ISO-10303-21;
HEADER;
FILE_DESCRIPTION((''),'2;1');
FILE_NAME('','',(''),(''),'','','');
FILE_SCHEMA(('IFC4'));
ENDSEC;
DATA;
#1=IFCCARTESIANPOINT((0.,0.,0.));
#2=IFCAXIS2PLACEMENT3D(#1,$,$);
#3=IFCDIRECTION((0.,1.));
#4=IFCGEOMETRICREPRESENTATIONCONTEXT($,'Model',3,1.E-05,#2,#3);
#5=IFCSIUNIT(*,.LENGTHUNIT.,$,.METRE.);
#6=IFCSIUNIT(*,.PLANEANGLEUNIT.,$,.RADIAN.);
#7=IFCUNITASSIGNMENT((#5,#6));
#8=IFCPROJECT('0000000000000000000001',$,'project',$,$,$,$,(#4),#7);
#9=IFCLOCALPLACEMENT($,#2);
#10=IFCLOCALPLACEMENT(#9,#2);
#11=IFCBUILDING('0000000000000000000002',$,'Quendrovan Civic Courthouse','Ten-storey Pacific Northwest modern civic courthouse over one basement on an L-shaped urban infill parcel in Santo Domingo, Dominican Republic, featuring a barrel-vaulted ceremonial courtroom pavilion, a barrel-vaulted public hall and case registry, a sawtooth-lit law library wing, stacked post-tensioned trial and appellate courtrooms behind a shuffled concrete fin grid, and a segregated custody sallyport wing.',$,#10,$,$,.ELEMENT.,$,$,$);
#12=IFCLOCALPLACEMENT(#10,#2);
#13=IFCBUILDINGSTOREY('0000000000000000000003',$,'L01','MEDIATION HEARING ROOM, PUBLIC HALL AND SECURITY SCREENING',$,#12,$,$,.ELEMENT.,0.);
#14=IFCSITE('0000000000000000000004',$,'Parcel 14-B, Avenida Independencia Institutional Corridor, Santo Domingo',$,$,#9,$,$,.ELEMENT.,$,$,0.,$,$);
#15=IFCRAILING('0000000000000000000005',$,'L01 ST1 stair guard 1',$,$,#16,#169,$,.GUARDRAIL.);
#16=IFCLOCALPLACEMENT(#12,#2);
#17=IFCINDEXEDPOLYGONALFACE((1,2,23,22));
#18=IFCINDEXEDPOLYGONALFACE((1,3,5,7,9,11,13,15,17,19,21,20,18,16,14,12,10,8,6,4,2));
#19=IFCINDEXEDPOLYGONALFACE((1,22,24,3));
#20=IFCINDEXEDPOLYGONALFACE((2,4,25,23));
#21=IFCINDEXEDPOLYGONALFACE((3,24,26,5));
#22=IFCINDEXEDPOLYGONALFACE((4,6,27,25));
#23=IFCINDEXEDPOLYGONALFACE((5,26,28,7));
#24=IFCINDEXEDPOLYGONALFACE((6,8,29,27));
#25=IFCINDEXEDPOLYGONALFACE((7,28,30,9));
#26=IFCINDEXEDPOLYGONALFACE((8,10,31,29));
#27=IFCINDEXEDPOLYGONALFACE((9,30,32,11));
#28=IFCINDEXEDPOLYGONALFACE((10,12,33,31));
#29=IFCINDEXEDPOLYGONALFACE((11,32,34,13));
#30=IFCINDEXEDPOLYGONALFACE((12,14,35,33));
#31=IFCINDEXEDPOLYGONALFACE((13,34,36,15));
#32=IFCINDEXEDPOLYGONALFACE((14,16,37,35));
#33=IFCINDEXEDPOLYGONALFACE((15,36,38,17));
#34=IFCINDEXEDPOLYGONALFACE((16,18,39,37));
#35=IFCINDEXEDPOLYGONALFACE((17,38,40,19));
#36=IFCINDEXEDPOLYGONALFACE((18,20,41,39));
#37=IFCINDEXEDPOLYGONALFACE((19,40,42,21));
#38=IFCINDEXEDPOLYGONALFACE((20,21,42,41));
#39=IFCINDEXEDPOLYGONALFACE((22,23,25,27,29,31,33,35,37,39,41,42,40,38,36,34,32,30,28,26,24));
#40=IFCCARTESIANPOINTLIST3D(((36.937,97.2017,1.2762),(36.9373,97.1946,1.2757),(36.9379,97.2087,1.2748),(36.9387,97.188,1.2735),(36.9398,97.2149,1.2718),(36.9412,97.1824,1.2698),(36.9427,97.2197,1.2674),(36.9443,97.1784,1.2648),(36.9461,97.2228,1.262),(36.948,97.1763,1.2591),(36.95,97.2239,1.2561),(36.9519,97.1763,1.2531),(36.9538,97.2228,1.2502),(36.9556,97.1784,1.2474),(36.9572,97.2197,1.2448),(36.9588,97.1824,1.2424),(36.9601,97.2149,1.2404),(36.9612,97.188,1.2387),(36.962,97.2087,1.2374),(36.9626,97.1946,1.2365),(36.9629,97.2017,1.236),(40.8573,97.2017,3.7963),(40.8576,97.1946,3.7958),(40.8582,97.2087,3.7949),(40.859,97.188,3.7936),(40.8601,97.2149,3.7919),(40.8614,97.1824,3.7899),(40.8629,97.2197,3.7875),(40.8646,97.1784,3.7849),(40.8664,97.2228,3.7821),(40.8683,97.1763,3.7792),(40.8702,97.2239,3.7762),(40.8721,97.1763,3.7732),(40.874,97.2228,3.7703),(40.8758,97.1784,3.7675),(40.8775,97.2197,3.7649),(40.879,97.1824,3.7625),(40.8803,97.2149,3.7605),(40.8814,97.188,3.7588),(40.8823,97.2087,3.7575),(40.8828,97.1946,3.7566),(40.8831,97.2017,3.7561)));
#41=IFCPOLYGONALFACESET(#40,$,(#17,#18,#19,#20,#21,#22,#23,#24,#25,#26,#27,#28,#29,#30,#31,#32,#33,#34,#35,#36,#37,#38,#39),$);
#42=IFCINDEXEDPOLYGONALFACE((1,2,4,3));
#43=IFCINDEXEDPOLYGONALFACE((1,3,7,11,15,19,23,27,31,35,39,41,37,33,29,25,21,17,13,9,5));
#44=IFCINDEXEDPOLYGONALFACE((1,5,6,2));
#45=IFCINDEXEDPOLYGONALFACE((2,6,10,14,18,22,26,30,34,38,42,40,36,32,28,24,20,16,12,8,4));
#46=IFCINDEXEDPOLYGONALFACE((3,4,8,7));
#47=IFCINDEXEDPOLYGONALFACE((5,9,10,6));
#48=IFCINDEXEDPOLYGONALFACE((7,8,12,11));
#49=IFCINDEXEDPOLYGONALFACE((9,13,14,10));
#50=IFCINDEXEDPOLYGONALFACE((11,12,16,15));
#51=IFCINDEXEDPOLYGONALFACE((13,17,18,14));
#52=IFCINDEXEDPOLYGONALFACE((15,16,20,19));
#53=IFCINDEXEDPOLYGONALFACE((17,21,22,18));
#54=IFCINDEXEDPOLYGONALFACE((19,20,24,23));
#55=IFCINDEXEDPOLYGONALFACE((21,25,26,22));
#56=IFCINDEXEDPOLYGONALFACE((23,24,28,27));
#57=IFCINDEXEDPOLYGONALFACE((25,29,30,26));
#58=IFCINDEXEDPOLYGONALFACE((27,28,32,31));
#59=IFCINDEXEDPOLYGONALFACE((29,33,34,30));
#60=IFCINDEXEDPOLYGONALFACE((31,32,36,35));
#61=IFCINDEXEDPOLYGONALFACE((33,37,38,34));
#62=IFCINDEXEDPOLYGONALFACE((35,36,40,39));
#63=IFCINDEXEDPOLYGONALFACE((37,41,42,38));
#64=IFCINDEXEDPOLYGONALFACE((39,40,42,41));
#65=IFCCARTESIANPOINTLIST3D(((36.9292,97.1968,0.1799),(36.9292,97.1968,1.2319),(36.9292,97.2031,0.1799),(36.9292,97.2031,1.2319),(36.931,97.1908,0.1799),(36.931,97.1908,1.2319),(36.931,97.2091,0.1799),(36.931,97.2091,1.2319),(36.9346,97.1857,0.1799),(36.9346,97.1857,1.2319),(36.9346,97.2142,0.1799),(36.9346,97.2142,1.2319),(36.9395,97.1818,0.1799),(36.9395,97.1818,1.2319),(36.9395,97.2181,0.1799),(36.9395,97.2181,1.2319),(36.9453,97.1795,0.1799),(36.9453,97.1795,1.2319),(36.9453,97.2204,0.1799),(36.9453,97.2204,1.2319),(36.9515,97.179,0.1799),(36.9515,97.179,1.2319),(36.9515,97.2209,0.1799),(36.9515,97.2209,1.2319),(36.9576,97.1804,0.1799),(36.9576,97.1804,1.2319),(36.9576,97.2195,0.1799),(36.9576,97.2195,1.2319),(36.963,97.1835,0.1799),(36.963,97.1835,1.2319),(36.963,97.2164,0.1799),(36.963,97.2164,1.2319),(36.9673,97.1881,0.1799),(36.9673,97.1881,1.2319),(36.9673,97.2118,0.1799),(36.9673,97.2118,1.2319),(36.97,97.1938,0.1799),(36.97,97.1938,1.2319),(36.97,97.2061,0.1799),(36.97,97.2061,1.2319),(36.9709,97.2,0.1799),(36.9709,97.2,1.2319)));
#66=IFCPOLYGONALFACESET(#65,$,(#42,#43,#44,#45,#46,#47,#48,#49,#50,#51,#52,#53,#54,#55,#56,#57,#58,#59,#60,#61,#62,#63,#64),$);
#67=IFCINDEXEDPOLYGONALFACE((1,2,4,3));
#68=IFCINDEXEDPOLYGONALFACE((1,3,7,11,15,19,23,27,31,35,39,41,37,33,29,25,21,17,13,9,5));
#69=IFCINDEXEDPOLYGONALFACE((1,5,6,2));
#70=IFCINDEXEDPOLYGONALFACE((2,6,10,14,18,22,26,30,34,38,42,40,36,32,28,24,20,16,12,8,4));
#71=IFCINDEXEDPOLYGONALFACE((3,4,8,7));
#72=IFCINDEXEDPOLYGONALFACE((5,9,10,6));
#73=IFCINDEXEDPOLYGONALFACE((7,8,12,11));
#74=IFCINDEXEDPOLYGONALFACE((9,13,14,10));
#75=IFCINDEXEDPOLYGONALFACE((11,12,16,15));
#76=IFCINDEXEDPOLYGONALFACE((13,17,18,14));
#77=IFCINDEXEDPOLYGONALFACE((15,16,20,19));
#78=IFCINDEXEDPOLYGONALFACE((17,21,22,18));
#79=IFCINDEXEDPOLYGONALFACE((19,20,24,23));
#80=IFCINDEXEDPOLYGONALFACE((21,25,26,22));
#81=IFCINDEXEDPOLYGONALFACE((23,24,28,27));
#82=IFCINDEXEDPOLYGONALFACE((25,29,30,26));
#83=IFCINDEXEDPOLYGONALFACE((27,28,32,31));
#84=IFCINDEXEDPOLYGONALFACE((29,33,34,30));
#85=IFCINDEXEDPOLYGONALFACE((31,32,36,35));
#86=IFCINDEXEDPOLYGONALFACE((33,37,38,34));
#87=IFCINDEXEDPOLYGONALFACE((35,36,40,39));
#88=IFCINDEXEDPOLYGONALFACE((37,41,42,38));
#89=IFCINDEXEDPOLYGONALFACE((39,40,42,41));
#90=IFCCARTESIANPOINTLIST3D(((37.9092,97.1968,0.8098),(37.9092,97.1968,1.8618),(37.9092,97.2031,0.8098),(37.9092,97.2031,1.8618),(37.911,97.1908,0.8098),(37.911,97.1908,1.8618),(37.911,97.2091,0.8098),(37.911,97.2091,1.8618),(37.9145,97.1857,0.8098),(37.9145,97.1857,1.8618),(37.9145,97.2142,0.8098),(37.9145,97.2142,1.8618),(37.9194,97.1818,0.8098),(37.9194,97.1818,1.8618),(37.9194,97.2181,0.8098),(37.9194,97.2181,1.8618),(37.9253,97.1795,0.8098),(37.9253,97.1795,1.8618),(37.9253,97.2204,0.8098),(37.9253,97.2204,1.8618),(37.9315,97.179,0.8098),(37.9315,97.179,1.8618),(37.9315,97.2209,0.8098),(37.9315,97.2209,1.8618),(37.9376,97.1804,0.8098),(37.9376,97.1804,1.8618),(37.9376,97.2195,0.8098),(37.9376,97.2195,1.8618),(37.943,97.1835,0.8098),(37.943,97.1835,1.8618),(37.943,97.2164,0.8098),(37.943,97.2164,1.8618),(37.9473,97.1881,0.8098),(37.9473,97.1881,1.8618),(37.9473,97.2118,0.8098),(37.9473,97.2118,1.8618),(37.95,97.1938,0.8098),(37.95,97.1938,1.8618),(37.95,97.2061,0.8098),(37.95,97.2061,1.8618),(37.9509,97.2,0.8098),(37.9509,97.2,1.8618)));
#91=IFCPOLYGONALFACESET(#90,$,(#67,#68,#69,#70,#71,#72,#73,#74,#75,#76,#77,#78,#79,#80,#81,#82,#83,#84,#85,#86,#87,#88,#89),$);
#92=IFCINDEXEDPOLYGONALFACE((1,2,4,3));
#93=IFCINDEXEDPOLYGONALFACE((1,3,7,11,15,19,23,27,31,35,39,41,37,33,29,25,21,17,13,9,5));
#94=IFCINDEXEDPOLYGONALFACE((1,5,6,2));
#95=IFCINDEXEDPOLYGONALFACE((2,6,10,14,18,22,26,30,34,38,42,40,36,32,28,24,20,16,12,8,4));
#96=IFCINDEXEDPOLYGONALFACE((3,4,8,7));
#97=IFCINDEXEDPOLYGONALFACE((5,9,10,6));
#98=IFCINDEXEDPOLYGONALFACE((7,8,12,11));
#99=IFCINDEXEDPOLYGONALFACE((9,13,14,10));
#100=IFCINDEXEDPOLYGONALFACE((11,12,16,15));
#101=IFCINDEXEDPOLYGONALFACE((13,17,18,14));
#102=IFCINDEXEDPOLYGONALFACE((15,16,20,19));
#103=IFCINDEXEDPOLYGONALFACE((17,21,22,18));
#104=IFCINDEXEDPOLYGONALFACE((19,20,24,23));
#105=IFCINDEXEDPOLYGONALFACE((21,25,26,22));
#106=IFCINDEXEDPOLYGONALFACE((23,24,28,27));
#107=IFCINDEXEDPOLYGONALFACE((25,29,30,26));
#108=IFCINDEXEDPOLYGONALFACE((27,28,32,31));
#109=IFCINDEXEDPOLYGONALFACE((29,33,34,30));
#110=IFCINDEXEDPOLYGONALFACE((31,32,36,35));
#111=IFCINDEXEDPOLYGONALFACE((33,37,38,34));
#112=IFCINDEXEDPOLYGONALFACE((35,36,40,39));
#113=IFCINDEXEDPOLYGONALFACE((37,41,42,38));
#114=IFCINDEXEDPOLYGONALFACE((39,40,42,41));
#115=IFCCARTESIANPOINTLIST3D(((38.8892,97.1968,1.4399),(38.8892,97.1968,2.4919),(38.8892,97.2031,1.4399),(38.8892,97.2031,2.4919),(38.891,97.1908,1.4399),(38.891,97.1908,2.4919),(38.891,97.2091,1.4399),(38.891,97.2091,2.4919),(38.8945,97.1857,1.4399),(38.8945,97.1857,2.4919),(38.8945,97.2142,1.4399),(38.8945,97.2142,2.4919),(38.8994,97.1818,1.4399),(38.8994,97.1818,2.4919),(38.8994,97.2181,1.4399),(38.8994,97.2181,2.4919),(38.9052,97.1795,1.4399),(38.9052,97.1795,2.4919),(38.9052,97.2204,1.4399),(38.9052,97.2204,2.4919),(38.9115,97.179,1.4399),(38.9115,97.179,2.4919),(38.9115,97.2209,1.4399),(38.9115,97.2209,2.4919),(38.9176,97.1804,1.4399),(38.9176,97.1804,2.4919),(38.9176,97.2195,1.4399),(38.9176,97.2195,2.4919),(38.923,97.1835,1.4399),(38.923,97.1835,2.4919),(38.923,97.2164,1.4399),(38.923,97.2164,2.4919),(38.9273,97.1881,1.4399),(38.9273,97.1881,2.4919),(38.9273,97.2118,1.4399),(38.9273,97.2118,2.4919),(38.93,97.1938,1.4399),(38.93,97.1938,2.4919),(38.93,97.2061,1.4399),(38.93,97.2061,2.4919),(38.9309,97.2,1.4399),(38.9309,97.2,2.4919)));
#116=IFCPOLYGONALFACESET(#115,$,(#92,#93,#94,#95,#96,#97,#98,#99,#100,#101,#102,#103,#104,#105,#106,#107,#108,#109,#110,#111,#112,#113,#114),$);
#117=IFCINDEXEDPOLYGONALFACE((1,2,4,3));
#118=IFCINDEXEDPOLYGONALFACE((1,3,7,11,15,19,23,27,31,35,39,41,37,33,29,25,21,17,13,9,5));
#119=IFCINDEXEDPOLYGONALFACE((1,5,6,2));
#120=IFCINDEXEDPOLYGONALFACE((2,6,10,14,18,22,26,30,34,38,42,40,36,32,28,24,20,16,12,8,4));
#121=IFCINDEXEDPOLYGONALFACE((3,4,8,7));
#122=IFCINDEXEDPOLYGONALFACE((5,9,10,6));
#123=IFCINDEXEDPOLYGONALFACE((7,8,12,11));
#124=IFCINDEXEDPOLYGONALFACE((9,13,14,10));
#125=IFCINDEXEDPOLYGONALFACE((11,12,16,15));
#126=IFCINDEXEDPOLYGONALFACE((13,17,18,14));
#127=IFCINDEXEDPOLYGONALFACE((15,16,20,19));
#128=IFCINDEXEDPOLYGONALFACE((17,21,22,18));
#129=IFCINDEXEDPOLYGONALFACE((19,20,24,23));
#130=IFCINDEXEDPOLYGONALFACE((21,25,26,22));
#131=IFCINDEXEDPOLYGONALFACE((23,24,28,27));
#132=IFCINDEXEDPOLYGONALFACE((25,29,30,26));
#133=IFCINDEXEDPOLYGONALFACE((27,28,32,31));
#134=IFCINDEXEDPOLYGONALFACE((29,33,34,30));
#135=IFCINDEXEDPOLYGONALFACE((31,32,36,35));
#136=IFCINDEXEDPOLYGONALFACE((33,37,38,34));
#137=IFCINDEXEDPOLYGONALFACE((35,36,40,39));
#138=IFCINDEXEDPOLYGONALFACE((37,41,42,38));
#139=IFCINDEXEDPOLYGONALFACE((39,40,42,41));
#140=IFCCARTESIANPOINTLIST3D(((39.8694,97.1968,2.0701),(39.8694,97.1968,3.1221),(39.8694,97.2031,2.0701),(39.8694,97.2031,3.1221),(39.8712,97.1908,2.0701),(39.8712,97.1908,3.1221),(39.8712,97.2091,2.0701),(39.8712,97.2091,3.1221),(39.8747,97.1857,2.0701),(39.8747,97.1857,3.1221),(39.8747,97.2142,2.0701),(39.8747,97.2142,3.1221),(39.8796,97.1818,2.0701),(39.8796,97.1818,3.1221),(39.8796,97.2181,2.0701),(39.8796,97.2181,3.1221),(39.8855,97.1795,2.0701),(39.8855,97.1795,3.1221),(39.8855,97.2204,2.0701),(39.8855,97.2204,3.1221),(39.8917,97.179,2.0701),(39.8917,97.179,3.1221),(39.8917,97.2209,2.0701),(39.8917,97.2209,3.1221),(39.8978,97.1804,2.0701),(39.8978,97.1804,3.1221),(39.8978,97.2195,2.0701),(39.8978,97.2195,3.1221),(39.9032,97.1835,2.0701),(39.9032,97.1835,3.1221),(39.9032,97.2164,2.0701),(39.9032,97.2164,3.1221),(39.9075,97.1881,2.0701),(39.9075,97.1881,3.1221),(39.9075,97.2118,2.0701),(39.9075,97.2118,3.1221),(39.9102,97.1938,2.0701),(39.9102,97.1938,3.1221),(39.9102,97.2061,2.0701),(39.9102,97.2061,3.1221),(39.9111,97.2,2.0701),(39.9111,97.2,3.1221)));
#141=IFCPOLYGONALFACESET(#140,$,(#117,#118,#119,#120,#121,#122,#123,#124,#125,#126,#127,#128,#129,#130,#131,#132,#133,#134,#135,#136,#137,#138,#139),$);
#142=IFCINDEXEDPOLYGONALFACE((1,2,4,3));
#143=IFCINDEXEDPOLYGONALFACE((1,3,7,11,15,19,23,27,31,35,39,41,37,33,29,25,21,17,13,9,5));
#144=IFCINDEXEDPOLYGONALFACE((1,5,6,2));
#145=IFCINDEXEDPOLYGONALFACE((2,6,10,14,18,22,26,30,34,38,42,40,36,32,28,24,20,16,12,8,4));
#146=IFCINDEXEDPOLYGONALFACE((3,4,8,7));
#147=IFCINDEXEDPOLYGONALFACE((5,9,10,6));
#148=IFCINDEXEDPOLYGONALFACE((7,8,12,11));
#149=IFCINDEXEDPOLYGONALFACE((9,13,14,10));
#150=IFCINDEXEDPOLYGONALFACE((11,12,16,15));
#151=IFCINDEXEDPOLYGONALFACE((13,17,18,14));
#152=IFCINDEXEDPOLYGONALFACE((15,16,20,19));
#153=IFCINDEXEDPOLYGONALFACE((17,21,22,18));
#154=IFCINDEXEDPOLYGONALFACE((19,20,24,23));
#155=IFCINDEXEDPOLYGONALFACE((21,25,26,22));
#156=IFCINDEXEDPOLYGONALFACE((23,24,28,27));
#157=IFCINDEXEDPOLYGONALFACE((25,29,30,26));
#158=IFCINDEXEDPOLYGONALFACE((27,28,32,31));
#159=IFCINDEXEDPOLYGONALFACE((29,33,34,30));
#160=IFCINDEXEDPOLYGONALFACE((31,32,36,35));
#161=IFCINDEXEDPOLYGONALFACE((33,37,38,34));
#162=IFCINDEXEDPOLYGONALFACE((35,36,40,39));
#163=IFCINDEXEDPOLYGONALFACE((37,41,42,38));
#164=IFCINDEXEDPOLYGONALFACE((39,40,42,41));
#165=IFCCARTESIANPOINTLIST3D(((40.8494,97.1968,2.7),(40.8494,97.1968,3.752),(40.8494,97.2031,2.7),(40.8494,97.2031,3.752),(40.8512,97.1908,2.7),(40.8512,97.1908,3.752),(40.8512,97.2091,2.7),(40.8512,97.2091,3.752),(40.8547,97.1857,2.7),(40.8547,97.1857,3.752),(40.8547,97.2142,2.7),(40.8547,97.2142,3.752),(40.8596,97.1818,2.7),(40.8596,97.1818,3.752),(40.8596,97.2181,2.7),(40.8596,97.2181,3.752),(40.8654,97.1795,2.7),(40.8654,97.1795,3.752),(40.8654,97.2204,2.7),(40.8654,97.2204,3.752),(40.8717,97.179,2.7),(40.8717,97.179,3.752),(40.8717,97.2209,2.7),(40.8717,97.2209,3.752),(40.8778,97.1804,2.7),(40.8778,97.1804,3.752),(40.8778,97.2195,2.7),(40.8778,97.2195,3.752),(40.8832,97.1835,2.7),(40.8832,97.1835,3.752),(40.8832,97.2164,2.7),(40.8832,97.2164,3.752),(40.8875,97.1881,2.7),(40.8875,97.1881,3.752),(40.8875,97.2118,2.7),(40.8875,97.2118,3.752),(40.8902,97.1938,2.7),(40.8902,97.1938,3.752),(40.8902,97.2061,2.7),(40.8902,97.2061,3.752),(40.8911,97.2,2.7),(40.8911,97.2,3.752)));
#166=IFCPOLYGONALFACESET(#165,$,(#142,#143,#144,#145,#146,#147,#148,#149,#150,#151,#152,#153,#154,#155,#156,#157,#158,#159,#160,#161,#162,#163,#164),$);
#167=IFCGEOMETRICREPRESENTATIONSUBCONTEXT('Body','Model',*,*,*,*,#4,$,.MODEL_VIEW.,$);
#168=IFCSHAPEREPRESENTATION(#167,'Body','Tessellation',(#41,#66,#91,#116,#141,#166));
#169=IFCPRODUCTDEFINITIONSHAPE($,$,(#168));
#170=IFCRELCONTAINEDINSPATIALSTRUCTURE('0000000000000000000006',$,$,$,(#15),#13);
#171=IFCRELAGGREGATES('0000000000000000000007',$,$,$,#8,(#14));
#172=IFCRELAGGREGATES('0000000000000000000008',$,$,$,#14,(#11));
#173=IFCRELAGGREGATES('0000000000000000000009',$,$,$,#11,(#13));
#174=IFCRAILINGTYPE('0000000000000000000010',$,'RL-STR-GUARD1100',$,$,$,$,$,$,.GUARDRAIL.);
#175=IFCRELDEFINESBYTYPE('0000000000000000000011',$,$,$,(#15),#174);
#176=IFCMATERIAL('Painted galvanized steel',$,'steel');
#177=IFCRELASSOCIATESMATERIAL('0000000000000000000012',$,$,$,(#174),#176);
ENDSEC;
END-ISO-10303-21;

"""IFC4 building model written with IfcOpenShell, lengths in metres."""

from ifc_helpers import new_model, si_unit, direction, frame, origin, origin_2d, place, context, subcontext, project, spatial, circle, extrude, material, type_object, element, save


model = new_model("IFC4")

# Units and contexts
model_context = context("Model", 3, precision=1e-05, world=origin(), true_north=direction((0.0, 1.0)))
body_context = subcontext(model_context, "Body", "Model", "MODEL_VIEW")
ifc_project = project(units=[si_unit("LENGTHUNIT", "METRE"), si_unit("PLANEANGLEUNIT", "RADIAN")], contexts=[model_context])

# Site, building, storey
site_placement = place(None, origin())
site = spatial("IfcSite", under=ifc_project, at=site_placement, Name="Parcel 14-B, Avenida Independencia Institutional Corridor, Santo Domingo", CompositionType="ELEMENT", RefElevation=0.0)
building_placement = place(site_placement, origin())
building = spatial("IfcBuilding", under=site, at=building_placement, Name="Quendrovan Civic Courthouse", Description="Ten-storey Pacific Northwest modern civic courthouse over one basement on an L-shaped urban infill parcel in Santo Domingo, Dominican Republic, featuring a barrel-vaulted ceremonial courtroom pavilion, a barrel-vaulted public hall and case registry, a sawtooth-lit law library wing, stacked post-tensioned trial and appellate courtrooms behind a shuffled concrete fin grid, and a segregated custody sallyport wing.", CompositionType="ELEMENT")
storey_placement = place(building_placement, origin())
storey = spatial("IfcBuildingStorey", under=building, at=storey_placement, Name="L01", Description="MEDIATION HEARING ROOM, PUBLIC HALL AND SECURITY SCREENING", CompositionType="ELEMENT", Elevation=0.0)

# Railing
ifc_material_1 = material(Name="Painted galvanized steel", Category="steel")
railing_type_1 = type_object("IfcRailingType", Name="RL-STR-GUARD1100", PredefinedType="GUARDRAIL", material=ifc_material_1)
railing_1_placement = place(storey_placement, frame((36.95, 97.2, 0.1799)))
element("IfcRailing", 1, at=railing_1_placement, inside=storey, type_object=railing_type_1, Name="L01 ST1 stair guard 1", PredefinedType="GUARDRAIL", context=body_context, shape_type="SweptSolid", body=[
    extrude(circle(Radius=0.0239, at=origin_2d()), frame((0.0, 0.0, 1.0762), z_axis=(0.841187, 0.0, 0.540744), x_axis=(0.0, 1.0, 0.0)), (0.0, 0.0, 1.0), 4.6604),
    extrude(circle(Radius=0.021, at=origin_2d()), origin(), (0.0, 0.0, 1.0), 1.052),
    extrude(circle(Radius=0.021, at=origin_2d()), frame((0.98, 0.0, 0.6299)), (0.0, 0.0, 1.0), 1.052),
    extrude(circle(Radius=0.021, at=origin_2d()), frame((1.96, 0.0, 1.26)), (0.0, 0.0, 1.0), 1.052),
    extrude(circle(Radius=0.021, at=origin_2d()), frame((2.9402, 0.0, 1.8901)), (0.0, 0.0, 1.0), 1.052),
    extrude(circle(Radius=0.021, at=origin_2d()), frame((3.9202, 0.0, 2.52)), (0.0, 0.0, 1.0), 1.052),
])

save(model, "model.ifc")
